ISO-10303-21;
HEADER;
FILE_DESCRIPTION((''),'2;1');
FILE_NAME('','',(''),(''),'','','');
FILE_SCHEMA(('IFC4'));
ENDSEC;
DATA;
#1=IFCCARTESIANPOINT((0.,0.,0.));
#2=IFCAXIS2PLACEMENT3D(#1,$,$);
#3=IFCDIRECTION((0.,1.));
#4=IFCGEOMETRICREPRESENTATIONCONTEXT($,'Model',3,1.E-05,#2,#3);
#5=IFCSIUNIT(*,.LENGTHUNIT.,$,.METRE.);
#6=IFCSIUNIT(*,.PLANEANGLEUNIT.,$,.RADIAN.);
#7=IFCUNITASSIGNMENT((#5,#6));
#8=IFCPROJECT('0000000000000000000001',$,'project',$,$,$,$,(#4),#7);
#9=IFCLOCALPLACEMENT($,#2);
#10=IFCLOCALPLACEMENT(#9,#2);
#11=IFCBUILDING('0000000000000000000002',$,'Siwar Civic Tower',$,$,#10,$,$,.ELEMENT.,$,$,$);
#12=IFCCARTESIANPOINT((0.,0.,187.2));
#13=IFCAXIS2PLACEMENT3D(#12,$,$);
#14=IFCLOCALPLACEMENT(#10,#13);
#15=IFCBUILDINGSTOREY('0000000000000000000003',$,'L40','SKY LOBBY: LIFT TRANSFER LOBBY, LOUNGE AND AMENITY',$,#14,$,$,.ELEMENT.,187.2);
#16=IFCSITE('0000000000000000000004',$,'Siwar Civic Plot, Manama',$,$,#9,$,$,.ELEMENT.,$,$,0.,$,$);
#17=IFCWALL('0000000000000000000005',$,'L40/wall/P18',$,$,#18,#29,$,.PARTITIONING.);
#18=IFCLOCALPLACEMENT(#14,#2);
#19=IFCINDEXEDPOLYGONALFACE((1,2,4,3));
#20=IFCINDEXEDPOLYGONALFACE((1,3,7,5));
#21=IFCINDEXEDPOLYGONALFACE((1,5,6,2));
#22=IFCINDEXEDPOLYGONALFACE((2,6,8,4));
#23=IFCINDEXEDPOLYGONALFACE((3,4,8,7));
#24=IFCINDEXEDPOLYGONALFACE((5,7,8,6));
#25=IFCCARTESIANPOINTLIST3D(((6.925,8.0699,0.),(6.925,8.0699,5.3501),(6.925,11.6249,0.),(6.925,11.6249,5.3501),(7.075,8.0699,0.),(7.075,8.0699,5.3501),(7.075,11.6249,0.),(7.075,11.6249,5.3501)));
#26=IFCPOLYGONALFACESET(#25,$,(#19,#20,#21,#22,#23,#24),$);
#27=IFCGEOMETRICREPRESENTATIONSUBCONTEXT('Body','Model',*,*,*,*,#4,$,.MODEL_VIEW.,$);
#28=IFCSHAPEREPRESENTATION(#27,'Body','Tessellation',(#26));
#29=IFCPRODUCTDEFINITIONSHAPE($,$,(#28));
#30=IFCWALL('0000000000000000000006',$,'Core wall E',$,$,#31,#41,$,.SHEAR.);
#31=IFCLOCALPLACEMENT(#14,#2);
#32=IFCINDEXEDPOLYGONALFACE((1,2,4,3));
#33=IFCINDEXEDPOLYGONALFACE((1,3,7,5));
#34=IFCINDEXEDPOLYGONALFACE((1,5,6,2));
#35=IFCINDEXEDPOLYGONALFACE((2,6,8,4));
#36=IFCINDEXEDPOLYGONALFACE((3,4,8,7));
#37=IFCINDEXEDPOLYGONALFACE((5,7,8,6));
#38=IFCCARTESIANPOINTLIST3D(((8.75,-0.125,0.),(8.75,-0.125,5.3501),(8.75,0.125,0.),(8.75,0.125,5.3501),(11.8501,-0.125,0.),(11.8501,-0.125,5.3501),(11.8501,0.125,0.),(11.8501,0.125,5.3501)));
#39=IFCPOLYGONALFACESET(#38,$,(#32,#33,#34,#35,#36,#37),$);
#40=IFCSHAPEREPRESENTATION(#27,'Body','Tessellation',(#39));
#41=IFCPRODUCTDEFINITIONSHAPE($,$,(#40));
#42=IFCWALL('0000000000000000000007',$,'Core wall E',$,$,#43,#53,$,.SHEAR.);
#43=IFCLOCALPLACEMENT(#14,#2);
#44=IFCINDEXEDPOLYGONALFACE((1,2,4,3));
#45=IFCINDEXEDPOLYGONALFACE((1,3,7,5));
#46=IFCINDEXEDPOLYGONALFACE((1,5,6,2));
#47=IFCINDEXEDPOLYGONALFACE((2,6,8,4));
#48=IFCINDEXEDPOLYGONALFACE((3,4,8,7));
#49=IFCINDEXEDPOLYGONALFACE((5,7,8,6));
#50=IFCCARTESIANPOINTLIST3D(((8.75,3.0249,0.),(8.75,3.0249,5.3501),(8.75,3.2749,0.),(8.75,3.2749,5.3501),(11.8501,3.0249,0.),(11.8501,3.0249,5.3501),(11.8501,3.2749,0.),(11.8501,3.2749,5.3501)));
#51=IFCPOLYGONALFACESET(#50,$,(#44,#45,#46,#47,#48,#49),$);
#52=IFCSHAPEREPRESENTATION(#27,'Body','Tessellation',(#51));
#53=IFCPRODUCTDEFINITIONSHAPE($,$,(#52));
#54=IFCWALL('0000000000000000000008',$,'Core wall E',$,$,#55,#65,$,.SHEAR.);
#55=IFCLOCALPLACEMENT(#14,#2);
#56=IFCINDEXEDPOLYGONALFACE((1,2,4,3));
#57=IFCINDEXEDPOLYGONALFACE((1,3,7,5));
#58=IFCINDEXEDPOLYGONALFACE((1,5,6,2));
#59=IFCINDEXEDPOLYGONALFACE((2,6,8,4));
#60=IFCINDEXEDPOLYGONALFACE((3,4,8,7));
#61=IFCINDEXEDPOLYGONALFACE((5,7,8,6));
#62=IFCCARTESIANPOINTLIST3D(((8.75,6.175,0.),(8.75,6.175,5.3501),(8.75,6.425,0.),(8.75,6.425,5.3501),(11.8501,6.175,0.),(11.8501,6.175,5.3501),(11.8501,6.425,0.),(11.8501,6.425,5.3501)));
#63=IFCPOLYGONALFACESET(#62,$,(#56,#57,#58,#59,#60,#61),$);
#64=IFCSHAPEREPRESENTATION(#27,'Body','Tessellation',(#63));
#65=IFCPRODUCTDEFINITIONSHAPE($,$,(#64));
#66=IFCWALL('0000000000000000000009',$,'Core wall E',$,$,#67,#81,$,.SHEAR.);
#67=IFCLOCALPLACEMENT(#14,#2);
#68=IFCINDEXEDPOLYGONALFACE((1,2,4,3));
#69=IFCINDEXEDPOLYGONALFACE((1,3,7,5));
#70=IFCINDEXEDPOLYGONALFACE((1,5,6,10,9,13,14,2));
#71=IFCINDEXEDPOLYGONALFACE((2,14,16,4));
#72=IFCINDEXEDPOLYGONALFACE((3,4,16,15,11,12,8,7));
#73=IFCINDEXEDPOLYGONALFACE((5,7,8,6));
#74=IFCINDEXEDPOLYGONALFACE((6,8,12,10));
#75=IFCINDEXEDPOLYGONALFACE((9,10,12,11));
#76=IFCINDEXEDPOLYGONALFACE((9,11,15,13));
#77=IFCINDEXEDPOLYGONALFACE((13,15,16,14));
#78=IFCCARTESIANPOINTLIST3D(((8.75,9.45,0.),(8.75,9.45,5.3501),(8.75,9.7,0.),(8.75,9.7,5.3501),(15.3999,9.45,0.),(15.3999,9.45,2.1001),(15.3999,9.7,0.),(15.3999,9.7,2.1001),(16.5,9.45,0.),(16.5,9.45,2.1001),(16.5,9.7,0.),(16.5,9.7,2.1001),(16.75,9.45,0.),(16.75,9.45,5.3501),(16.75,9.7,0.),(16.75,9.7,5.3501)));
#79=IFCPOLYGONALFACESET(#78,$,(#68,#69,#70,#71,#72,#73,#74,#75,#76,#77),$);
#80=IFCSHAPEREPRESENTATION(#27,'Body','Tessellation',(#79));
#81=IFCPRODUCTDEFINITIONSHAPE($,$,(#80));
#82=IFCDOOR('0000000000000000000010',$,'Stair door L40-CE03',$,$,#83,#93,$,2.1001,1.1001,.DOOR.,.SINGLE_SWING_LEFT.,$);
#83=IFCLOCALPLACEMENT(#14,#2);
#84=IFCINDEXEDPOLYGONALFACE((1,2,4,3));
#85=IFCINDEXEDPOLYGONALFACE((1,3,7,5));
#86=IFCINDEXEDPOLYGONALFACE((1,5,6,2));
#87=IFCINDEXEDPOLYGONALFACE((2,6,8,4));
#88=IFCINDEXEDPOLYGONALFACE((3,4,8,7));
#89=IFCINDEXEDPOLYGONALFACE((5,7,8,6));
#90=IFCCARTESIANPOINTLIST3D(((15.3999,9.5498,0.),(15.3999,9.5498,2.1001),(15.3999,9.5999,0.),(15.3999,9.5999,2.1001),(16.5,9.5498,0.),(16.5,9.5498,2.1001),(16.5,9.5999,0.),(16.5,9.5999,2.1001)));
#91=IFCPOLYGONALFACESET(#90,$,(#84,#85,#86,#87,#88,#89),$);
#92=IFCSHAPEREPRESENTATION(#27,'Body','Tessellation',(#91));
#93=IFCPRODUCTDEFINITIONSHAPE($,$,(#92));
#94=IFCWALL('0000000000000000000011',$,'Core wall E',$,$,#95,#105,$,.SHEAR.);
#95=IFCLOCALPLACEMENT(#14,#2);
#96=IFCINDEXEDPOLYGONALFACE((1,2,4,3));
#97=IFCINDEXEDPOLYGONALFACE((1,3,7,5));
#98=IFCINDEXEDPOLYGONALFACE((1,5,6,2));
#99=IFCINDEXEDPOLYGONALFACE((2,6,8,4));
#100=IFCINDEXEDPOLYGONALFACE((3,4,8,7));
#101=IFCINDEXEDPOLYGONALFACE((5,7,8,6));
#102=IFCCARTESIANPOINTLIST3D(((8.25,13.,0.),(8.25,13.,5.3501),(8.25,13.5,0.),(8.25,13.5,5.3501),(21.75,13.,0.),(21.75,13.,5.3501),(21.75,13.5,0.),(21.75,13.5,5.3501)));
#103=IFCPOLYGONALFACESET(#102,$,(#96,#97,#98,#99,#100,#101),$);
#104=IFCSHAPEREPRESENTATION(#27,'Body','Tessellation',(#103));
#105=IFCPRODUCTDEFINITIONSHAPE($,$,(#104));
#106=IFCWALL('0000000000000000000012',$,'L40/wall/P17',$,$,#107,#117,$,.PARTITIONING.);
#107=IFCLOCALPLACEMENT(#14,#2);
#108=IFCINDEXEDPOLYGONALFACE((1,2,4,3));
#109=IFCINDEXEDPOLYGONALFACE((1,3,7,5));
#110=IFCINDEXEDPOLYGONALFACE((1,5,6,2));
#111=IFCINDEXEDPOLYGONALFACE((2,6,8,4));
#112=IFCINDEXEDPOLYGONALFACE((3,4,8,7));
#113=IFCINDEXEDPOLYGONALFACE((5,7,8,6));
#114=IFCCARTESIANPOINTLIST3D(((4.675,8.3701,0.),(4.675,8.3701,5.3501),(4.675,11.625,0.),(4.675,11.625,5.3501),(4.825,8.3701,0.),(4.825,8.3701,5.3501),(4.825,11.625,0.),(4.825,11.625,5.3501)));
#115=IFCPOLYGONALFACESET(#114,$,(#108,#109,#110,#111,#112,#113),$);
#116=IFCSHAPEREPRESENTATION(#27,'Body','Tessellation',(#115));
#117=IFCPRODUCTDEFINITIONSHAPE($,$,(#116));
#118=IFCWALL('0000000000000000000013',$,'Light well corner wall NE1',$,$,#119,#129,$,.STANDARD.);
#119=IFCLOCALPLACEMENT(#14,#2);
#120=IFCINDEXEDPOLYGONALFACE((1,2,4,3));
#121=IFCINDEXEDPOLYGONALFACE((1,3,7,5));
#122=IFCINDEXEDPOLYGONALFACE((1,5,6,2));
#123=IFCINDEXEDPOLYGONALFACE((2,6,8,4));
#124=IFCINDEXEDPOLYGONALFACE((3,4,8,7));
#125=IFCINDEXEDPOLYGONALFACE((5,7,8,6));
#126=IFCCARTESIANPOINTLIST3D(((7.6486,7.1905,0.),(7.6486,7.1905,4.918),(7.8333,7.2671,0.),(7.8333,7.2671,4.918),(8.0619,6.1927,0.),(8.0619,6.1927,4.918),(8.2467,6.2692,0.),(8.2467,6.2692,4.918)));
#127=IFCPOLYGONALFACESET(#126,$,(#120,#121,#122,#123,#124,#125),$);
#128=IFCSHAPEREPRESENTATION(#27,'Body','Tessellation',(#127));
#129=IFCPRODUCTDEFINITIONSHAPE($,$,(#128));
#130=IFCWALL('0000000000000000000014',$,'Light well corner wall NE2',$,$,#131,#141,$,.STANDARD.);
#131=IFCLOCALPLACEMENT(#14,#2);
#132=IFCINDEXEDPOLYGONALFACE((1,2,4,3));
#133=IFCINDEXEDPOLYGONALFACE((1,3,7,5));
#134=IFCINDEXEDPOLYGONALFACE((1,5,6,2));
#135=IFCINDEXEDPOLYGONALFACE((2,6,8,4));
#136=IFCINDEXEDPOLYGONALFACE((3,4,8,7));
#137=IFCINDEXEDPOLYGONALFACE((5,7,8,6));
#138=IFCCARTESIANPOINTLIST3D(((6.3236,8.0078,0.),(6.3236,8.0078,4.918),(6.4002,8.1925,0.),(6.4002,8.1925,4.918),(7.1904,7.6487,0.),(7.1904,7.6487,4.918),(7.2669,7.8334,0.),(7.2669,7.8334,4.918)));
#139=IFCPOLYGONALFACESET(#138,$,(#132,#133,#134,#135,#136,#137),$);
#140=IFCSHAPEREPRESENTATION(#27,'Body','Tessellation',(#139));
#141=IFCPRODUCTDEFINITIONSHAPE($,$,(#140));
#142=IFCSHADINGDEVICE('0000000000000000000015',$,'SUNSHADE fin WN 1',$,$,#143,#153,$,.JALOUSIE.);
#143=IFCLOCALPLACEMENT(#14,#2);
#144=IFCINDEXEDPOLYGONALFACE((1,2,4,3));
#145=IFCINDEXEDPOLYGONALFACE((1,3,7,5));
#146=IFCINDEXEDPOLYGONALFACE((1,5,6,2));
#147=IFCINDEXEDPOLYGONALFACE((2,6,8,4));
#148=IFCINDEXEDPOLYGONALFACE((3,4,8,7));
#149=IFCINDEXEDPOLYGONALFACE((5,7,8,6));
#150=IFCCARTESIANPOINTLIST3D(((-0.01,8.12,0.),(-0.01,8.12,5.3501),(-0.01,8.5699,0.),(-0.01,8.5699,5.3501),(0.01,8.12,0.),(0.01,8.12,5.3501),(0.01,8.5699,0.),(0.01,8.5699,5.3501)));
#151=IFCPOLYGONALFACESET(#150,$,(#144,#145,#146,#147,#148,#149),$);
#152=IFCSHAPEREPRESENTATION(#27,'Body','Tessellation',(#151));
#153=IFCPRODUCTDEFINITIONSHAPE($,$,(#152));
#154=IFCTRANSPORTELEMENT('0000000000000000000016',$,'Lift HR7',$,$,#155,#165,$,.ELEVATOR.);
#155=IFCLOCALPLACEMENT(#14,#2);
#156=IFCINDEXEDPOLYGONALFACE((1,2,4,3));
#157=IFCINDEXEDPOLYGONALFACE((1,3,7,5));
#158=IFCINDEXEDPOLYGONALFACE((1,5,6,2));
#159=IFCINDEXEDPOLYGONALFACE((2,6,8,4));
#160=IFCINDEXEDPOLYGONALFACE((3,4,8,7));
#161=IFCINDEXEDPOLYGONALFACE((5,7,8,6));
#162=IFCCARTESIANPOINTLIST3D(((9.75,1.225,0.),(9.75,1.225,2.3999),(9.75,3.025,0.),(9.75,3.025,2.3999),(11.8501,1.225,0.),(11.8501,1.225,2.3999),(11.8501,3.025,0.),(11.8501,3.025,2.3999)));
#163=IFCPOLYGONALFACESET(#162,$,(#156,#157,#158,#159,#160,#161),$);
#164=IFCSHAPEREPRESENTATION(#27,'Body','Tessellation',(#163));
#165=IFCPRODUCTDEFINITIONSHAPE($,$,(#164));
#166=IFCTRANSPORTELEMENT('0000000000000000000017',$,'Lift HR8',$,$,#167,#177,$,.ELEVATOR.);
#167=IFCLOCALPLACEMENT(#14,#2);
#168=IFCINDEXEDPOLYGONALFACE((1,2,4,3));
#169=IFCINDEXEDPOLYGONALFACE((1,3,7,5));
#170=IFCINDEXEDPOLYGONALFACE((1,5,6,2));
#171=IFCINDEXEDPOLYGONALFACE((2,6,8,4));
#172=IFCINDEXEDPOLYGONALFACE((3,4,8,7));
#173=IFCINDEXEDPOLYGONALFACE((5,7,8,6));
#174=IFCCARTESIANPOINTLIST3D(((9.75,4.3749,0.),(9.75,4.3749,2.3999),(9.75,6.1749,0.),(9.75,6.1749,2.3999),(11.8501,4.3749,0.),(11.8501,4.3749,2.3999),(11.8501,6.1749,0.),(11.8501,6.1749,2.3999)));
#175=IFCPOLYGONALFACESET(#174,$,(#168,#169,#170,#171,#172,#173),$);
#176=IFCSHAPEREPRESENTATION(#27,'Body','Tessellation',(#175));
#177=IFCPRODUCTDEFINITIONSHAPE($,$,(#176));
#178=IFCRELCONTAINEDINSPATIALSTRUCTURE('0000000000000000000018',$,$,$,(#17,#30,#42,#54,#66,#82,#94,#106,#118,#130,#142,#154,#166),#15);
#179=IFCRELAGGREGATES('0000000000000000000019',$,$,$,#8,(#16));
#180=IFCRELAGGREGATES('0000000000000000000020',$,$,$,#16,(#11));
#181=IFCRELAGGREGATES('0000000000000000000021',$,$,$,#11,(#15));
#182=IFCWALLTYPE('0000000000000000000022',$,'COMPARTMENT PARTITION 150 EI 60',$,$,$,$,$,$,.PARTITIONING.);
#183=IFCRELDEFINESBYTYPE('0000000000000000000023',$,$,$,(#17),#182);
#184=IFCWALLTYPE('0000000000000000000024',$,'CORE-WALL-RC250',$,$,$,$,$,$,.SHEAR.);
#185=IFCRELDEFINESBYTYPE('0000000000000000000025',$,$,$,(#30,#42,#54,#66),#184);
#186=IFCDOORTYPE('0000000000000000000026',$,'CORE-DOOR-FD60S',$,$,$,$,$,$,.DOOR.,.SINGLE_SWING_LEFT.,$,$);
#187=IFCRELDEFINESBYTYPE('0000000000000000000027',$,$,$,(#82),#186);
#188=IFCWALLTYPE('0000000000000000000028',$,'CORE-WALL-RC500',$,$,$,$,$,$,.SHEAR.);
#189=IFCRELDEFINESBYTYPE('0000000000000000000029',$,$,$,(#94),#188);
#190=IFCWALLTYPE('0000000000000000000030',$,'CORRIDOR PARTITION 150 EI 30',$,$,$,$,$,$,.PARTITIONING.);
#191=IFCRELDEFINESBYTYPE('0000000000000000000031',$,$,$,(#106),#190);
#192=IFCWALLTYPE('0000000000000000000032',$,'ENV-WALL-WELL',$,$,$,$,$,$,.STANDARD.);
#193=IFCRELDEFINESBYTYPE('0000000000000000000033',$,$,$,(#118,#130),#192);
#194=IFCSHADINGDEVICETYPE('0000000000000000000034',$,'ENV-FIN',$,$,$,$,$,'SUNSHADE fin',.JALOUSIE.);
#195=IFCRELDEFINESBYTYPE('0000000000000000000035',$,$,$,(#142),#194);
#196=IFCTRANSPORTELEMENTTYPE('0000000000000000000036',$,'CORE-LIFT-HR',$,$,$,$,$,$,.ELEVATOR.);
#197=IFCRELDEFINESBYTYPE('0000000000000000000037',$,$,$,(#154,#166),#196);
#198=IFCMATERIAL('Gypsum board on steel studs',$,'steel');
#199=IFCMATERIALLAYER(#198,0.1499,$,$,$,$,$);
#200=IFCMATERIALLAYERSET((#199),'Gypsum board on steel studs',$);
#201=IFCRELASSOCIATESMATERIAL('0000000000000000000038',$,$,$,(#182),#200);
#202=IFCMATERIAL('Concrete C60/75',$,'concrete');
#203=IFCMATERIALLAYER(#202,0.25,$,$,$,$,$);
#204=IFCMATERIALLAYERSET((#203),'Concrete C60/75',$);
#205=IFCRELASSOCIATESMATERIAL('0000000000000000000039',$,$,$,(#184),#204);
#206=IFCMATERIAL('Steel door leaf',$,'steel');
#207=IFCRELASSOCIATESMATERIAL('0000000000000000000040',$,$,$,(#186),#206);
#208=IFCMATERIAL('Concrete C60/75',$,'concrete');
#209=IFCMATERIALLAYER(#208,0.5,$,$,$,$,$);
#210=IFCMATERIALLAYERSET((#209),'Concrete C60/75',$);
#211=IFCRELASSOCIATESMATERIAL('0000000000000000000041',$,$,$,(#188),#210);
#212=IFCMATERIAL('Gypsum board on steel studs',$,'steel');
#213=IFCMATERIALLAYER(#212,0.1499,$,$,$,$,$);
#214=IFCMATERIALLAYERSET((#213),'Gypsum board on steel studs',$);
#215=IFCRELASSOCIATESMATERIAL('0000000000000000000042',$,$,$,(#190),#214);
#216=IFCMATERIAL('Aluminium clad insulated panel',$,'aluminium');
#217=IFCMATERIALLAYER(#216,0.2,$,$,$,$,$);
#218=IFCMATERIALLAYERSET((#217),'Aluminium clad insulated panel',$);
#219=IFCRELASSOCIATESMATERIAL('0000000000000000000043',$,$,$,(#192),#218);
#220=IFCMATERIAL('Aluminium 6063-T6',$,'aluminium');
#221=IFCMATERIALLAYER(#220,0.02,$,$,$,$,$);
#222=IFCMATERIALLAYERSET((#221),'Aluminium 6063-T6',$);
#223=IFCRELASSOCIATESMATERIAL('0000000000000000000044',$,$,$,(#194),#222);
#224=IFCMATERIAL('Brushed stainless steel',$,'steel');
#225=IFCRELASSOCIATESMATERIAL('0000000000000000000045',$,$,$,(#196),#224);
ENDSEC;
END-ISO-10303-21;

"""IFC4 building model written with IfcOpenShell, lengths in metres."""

from ifc_helpers import new_model, si_unit, direction, frame, frame_2d, origin, origin_2d, place, context, subcontext, project, spatial, rectangle, extrude, material, layer, layer_set, type_object, element, fill, save


model = new_model("IFC4")

# Units and contexts
model_context = context("Model", 3, precision=1e-05, world=origin(), true_north=direction((0.0, 1.0)))
body_context = subcontext(model_context, "Body", "Model", "MODEL_VIEW")
ifc_project = project(units=[si_unit("LENGTHUNIT", "METRE"), si_unit("PLANEANGLEUNIT", "RADIAN")], contexts=[model_context])

# Site, building, storey
site_placement = place(None, origin())
site = spatial("IfcSite", under=ifc_project, at=site_placement, Name="Siwar Civic Plot, Manama", CompositionType="ELEMENT", RefElevation=0.0)
building_placement = place(site_placement, origin())
building = spatial("IfcBuilding", under=site, at=building_placement, Name="Siwar Civic Tower", CompositionType="ELEMENT")
storey_placement = place(building_placement, frame((0.0, 0.0, 187.2)))
storey = spatial("IfcBuildingStorey", under=building, at=storey_placement, Name="L40", Description="SKY LOBBY: LIFT TRANSFER LOBBY, LOUNGE AND AMENITY", CompositionType="ELEMENT", Elevation=187.2)

# Shared definitions
ifc_material_1 = material(Name="Gypsum board on steel studs", Category="steel")
ifc_layer_1 = layer(ifc_material_1, 0.1499)
ifc_layer_set_1 = layer_set([ifc_layer_1], Name="Gypsum board on steel studs")
wall_type_1 = type_object("IfcWallType", Name="COMPARTMENT PARTITION 150 EI 60", PredefinedType="PARTITIONING", material=ifc_layer_set_1)

# Walls
wall_1_placement = place(storey_placement, frame((7.0, 8.0701, 0.0), z_axis=(0.0, 0.0, 1.0), x_axis=(0.0, 1.0, 0.0)))
element("IfcWall", 1, at=wall_1_placement, inside=storey, type_object=wall_type_1, Name="L40/wall/P18", PredefinedType="PARTITIONING", context=body_context, shape_type="SweptSolid", body=[
    extrude(rectangle(XDim=3.5549, YDim=0.1499, at=frame_2d((1.7773, 0.0))), origin(), (0.0, 0.0, 1.0), 5.3501),
])
ifc_material_2 = material(Name="Concrete C60/75", Category="concrete")
ifc_layer_2 = layer(ifc_material_2, 0.25)
ifc_layer_set_2 = layer_set([ifc_layer_2], Name="Concrete C60/75")
wall_type_2 = type_object("IfcWallType", Name="CORE-WALL-RC250", PredefinedType="SHEAR", material=ifc_layer_set_2)
for number, where, z_axis, x_axis, name in (
    (2, (8.75, 0.0, 0.0), (0.0, 0.0, 1.0), (1.0, 0.0, 0.0), "Core wall E"),
    (3, (8.75, 3.1499, 0.0), (0.0, 0.0, 1.0), (1.0, 0.0, 0.0), "Core wall E"),
    (4, (8.75, 6.3, 0.0), (0.0, 0.0, 1.0), (1.0, 0.0, 0.0), "Core wall E"),
):
    element("IfcWall", number, at=place(storey_placement, frame(where, z_axis=z_axis, x_axis=x_axis)), inside=storey, type_object=wall_type_2, Name=name, PredefinedType="SHEAR", context=body_context, shape_type="SweptSolid", body=[
        extrude(rectangle(XDim=3.1001, YDim=0.25, at=frame_2d((1.55, 0.0))), origin(), (0.0, 0.0, 1.0), 5.3501),
    ])

# Wall, opening, door
wall_2_placement = place(storey_placement, frame((8.75, 9.575, 0.0), z_axis=(0.0, 0.0, 1.0), x_axis=(1.0, 0.0, 0.0)))
wall_2 = element("IfcWall", 5, at=wall_2_placement, inside=storey, type_object=wall_type_2, Name="Core wall E", PredefinedType="SHEAR", context=body_context, shape_type="SweptSolid", body=[
    extrude(rectangle(XDim=8.0, YDim=0.25, at=frame_2d((4.0, 0.0))), origin(), (0.0, 0.0, 1.0), 5.3501),
])
opening_1_placement = place(wall_2_placement, frame((6.6499, 0.0, 0.0)))
opening_1 = element("IfcOpeningElement", 6, at=opening_1_placement, cuts=wall_2, PredefinedType="OPENING", context=body_context, shape_type="SweptSolid", body=[
    extrude(rectangle(XDim=1.1001, YDim=2.1001, at=frame_2d((0.55, 1.05))), frame((0.0, 0.135, 0.0), z_axis=(0.0, -1.0, 0.0), x_axis=(1.0, 0.0, 0.0)), (0.0, 0.0, 1.0), 0.27),
])
ifc_material_3 = material(Name="Steel door leaf", Category="steel")
door_type_1 = type_object("IfcDoorType", Name="CORE-DOOR-FD60S", OperationType="SINGLE_SWING_LEFT", PredefinedType="DOOR", material=ifc_material_3)
door_1_placement = place(opening_1_placement, origin())
door_1 = element("IfcDoor", 7, at=door_1_placement, inside=storey, type_object=door_type_1, Name="Stair door L40-CE03", OperationType="SINGLE_SWING_LEFT", OverallHeight=2.1001, OverallWidth=1.1001, PredefinedType="DOOR", context=body_context, shape_type="SweptSolid", body=[
    extrude(rectangle(XDim=1.1001, YDim=2.1001, at=frame_2d((0.55, 1.05))), frame((0.0, 0.0249, 0.0), z_axis=(0.0, -1.0, 0.0), x_axis=(1.0, 0.0, 0.0)), (0.0, 0.0, 1.0), 0.05),
])
fill(opening_1, door_1)

# Walls
ifc_material_4 = material(Name="Concrete C60/75", Category="concrete")
ifc_layer_3 = layer(ifc_material_4, 0.5)
ifc_layer_set_3 = layer_set([ifc_layer_3], Name="Concrete C60/75")
wall_type_3 = type_object("IfcWallType", Name="CORE-WALL-RC500", PredefinedType="SHEAR", material=ifc_layer_set_3)
wall_3_placement = place(storey_placement, frame((8.25, 13.25, 0.0), z_axis=(0.0, 0.0, 1.0), x_axis=(1.0, 0.0, 0.0)))
element("IfcWall", 8, at=wall_3_placement, inside=storey, type_object=wall_type_3, Name="Core wall E", PredefinedType="SHEAR", context=body_context, shape_type="SweptSolid", body=[
    extrude(rectangle(XDim=13.5, YDim=0.5, at=frame_2d((6.75, 0.0))), origin(), (0.0, 0.0, 1.0), 5.3501),
])
ifc_material_5 = material(Name="Gypsum board on steel studs", Category="steel")
ifc_layer_4 = layer(ifc_material_5, 0.1499)
ifc_layer_set_4 = layer_set([ifc_layer_4], Name="Gypsum board on steel studs")
wall_type_4 = type_object("IfcWallType", Name="CORRIDOR PARTITION 150 EI 30", PredefinedType="PARTITIONING", material=ifc_layer_set_4)
wall_4_placement = place(storey_placement, frame((4.75, 8.3701, 0.0), z_axis=(0.0, 0.0, 1.0), x_axis=(0.0, 1.0, 0.0)))
element("IfcWall", 9, at=wall_4_placement, inside=storey, type_object=wall_type_4, Name="L40/wall/P17", PredefinedType="PARTITIONING", context=body_context, shape_type="SweptSolid", body=[
    extrude(rectangle(XDim=3.2549, YDim=0.1499, at=frame_2d((1.6274, 0.0))), origin(), (0.0, 0.0, 1.0), 5.3501),
])
ifc_material_6 = material(Name="Aluminium clad insulated panel", Category="aluminium")
ifc_layer_5 = layer(ifc_material_6, 0.2)
ifc_layer_set_5 = layer_set([ifc_layer_5], Name="Aluminium clad insulated panel")
wall_type_5 = type_object("IfcWallType", Name="ENV-WALL-WELL", PredefinedType="STANDARD", material=ifc_layer_set_5)
wall_5_placement = place(storey_placement, frame((8.1543, 6.231, 0.0), z_axis=(0.0, 0.0, 1.0), x_axis=(-0.382704, 0.923871, 0.0)))
element("IfcWall", 10, at=wall_5_placement, inside=storey, type_object=wall_type_5, Name="Light well corner wall NE1", PredefinedType="STANDARD", context=body_context, shape_type="SweptSolid", body=[
    extrude(rectangle(XDim=1.0801, YDim=0.2, at=frame_2d((0.54, 0.0))), origin(), (0.0, 0.0, 1.0), 4.918),
])
wall_6_placement = place(storey_placement, frame((7.2288, 7.741, 0.0), z_axis=(0.0, 0.0, 1.0), x_axis=(-0.92383, 0.382804, 0.0)))
element("IfcWall", 11, at=wall_6_placement, inside=storey, type_object=wall_type_5, Name="Light well corner wall NE2", PredefinedType="STANDARD", context=body_context, shape_type="SweptSolid", body=[
    extrude(rectangle(XDim=0.9382, YDim=0.2, at=frame_2d((0.4692, 0.0))), origin(), (0.0, 0.0, 1.0), 4.918),
])

# Shading device
ifc_material_7 = material(Name="Aluminium 6063-T6", Category="aluminium")
ifc_layer_6 = layer(ifc_material_7, 0.02)
ifc_layer_set_6 = layer_set([ifc_layer_6], Name="Aluminium 6063-T6")
shading_device_type = type_object("IfcShadingDeviceType", Name="ENV-FIN", ElementType="SUNSHADE fin", PredefinedType="JALOUSIE", material=ifc_layer_set_6)
shading_device_placement = place(storey_placement, frame((0.0, 8.345, 0.0), z_axis=(0.0, 0.0, 1.0), x_axis=(-1.0, 0.0, 0.0)))
element("IfcShadingDevice", 12, at=shading_device_placement, inside=storey, type_object=shading_device_type, Name="SUNSHADE fin WN 1", PredefinedType="JALOUSIE", context=body_context, shape_type="SweptSolid", body=[
    extrude(rectangle(XDim=0.02, YDim=0.45, at=origin_2d()), origin(), (0.0, 0.0, 1.0), 5.3501),
])

# Transport elements
ifc_material_8 = material(Name="Brushed stainless steel", Category="steel")
transport_element_type = type_object("IfcTransportElementType", Name="CORE-LIFT-HR", PredefinedType="ELEVATOR", material=ifc_material_8)
for number, where, z_axis, x_axis, name in (
    (13, (10.8, 2.125, 0.0), (0.0, 0.0, 1.0), (1.0, 0.0, 0.0), "Lift HR7"),
    (14, (10.8, 5.2749, 0.0), (0.0, 0.0, 1.0), (1.0, 0.0, 0.0), "Lift HR8"),
):
    element("IfcTransportElement", number, at=place(storey_placement, frame(where, z_axis=z_axis, x_axis=x_axis)), inside=storey, type_object=transport_element_type, Name=name, PredefinedType="ELEVATOR", context=body_context, shape_type="SweptSolid", body=[
        extrude(rectangle(XDim=2.1001, YDim=1.8, at=origin_2d()), origin(), (0.0, 0.0, 1.0), 2.3999),
    ])

save(model, "model.ifc")
